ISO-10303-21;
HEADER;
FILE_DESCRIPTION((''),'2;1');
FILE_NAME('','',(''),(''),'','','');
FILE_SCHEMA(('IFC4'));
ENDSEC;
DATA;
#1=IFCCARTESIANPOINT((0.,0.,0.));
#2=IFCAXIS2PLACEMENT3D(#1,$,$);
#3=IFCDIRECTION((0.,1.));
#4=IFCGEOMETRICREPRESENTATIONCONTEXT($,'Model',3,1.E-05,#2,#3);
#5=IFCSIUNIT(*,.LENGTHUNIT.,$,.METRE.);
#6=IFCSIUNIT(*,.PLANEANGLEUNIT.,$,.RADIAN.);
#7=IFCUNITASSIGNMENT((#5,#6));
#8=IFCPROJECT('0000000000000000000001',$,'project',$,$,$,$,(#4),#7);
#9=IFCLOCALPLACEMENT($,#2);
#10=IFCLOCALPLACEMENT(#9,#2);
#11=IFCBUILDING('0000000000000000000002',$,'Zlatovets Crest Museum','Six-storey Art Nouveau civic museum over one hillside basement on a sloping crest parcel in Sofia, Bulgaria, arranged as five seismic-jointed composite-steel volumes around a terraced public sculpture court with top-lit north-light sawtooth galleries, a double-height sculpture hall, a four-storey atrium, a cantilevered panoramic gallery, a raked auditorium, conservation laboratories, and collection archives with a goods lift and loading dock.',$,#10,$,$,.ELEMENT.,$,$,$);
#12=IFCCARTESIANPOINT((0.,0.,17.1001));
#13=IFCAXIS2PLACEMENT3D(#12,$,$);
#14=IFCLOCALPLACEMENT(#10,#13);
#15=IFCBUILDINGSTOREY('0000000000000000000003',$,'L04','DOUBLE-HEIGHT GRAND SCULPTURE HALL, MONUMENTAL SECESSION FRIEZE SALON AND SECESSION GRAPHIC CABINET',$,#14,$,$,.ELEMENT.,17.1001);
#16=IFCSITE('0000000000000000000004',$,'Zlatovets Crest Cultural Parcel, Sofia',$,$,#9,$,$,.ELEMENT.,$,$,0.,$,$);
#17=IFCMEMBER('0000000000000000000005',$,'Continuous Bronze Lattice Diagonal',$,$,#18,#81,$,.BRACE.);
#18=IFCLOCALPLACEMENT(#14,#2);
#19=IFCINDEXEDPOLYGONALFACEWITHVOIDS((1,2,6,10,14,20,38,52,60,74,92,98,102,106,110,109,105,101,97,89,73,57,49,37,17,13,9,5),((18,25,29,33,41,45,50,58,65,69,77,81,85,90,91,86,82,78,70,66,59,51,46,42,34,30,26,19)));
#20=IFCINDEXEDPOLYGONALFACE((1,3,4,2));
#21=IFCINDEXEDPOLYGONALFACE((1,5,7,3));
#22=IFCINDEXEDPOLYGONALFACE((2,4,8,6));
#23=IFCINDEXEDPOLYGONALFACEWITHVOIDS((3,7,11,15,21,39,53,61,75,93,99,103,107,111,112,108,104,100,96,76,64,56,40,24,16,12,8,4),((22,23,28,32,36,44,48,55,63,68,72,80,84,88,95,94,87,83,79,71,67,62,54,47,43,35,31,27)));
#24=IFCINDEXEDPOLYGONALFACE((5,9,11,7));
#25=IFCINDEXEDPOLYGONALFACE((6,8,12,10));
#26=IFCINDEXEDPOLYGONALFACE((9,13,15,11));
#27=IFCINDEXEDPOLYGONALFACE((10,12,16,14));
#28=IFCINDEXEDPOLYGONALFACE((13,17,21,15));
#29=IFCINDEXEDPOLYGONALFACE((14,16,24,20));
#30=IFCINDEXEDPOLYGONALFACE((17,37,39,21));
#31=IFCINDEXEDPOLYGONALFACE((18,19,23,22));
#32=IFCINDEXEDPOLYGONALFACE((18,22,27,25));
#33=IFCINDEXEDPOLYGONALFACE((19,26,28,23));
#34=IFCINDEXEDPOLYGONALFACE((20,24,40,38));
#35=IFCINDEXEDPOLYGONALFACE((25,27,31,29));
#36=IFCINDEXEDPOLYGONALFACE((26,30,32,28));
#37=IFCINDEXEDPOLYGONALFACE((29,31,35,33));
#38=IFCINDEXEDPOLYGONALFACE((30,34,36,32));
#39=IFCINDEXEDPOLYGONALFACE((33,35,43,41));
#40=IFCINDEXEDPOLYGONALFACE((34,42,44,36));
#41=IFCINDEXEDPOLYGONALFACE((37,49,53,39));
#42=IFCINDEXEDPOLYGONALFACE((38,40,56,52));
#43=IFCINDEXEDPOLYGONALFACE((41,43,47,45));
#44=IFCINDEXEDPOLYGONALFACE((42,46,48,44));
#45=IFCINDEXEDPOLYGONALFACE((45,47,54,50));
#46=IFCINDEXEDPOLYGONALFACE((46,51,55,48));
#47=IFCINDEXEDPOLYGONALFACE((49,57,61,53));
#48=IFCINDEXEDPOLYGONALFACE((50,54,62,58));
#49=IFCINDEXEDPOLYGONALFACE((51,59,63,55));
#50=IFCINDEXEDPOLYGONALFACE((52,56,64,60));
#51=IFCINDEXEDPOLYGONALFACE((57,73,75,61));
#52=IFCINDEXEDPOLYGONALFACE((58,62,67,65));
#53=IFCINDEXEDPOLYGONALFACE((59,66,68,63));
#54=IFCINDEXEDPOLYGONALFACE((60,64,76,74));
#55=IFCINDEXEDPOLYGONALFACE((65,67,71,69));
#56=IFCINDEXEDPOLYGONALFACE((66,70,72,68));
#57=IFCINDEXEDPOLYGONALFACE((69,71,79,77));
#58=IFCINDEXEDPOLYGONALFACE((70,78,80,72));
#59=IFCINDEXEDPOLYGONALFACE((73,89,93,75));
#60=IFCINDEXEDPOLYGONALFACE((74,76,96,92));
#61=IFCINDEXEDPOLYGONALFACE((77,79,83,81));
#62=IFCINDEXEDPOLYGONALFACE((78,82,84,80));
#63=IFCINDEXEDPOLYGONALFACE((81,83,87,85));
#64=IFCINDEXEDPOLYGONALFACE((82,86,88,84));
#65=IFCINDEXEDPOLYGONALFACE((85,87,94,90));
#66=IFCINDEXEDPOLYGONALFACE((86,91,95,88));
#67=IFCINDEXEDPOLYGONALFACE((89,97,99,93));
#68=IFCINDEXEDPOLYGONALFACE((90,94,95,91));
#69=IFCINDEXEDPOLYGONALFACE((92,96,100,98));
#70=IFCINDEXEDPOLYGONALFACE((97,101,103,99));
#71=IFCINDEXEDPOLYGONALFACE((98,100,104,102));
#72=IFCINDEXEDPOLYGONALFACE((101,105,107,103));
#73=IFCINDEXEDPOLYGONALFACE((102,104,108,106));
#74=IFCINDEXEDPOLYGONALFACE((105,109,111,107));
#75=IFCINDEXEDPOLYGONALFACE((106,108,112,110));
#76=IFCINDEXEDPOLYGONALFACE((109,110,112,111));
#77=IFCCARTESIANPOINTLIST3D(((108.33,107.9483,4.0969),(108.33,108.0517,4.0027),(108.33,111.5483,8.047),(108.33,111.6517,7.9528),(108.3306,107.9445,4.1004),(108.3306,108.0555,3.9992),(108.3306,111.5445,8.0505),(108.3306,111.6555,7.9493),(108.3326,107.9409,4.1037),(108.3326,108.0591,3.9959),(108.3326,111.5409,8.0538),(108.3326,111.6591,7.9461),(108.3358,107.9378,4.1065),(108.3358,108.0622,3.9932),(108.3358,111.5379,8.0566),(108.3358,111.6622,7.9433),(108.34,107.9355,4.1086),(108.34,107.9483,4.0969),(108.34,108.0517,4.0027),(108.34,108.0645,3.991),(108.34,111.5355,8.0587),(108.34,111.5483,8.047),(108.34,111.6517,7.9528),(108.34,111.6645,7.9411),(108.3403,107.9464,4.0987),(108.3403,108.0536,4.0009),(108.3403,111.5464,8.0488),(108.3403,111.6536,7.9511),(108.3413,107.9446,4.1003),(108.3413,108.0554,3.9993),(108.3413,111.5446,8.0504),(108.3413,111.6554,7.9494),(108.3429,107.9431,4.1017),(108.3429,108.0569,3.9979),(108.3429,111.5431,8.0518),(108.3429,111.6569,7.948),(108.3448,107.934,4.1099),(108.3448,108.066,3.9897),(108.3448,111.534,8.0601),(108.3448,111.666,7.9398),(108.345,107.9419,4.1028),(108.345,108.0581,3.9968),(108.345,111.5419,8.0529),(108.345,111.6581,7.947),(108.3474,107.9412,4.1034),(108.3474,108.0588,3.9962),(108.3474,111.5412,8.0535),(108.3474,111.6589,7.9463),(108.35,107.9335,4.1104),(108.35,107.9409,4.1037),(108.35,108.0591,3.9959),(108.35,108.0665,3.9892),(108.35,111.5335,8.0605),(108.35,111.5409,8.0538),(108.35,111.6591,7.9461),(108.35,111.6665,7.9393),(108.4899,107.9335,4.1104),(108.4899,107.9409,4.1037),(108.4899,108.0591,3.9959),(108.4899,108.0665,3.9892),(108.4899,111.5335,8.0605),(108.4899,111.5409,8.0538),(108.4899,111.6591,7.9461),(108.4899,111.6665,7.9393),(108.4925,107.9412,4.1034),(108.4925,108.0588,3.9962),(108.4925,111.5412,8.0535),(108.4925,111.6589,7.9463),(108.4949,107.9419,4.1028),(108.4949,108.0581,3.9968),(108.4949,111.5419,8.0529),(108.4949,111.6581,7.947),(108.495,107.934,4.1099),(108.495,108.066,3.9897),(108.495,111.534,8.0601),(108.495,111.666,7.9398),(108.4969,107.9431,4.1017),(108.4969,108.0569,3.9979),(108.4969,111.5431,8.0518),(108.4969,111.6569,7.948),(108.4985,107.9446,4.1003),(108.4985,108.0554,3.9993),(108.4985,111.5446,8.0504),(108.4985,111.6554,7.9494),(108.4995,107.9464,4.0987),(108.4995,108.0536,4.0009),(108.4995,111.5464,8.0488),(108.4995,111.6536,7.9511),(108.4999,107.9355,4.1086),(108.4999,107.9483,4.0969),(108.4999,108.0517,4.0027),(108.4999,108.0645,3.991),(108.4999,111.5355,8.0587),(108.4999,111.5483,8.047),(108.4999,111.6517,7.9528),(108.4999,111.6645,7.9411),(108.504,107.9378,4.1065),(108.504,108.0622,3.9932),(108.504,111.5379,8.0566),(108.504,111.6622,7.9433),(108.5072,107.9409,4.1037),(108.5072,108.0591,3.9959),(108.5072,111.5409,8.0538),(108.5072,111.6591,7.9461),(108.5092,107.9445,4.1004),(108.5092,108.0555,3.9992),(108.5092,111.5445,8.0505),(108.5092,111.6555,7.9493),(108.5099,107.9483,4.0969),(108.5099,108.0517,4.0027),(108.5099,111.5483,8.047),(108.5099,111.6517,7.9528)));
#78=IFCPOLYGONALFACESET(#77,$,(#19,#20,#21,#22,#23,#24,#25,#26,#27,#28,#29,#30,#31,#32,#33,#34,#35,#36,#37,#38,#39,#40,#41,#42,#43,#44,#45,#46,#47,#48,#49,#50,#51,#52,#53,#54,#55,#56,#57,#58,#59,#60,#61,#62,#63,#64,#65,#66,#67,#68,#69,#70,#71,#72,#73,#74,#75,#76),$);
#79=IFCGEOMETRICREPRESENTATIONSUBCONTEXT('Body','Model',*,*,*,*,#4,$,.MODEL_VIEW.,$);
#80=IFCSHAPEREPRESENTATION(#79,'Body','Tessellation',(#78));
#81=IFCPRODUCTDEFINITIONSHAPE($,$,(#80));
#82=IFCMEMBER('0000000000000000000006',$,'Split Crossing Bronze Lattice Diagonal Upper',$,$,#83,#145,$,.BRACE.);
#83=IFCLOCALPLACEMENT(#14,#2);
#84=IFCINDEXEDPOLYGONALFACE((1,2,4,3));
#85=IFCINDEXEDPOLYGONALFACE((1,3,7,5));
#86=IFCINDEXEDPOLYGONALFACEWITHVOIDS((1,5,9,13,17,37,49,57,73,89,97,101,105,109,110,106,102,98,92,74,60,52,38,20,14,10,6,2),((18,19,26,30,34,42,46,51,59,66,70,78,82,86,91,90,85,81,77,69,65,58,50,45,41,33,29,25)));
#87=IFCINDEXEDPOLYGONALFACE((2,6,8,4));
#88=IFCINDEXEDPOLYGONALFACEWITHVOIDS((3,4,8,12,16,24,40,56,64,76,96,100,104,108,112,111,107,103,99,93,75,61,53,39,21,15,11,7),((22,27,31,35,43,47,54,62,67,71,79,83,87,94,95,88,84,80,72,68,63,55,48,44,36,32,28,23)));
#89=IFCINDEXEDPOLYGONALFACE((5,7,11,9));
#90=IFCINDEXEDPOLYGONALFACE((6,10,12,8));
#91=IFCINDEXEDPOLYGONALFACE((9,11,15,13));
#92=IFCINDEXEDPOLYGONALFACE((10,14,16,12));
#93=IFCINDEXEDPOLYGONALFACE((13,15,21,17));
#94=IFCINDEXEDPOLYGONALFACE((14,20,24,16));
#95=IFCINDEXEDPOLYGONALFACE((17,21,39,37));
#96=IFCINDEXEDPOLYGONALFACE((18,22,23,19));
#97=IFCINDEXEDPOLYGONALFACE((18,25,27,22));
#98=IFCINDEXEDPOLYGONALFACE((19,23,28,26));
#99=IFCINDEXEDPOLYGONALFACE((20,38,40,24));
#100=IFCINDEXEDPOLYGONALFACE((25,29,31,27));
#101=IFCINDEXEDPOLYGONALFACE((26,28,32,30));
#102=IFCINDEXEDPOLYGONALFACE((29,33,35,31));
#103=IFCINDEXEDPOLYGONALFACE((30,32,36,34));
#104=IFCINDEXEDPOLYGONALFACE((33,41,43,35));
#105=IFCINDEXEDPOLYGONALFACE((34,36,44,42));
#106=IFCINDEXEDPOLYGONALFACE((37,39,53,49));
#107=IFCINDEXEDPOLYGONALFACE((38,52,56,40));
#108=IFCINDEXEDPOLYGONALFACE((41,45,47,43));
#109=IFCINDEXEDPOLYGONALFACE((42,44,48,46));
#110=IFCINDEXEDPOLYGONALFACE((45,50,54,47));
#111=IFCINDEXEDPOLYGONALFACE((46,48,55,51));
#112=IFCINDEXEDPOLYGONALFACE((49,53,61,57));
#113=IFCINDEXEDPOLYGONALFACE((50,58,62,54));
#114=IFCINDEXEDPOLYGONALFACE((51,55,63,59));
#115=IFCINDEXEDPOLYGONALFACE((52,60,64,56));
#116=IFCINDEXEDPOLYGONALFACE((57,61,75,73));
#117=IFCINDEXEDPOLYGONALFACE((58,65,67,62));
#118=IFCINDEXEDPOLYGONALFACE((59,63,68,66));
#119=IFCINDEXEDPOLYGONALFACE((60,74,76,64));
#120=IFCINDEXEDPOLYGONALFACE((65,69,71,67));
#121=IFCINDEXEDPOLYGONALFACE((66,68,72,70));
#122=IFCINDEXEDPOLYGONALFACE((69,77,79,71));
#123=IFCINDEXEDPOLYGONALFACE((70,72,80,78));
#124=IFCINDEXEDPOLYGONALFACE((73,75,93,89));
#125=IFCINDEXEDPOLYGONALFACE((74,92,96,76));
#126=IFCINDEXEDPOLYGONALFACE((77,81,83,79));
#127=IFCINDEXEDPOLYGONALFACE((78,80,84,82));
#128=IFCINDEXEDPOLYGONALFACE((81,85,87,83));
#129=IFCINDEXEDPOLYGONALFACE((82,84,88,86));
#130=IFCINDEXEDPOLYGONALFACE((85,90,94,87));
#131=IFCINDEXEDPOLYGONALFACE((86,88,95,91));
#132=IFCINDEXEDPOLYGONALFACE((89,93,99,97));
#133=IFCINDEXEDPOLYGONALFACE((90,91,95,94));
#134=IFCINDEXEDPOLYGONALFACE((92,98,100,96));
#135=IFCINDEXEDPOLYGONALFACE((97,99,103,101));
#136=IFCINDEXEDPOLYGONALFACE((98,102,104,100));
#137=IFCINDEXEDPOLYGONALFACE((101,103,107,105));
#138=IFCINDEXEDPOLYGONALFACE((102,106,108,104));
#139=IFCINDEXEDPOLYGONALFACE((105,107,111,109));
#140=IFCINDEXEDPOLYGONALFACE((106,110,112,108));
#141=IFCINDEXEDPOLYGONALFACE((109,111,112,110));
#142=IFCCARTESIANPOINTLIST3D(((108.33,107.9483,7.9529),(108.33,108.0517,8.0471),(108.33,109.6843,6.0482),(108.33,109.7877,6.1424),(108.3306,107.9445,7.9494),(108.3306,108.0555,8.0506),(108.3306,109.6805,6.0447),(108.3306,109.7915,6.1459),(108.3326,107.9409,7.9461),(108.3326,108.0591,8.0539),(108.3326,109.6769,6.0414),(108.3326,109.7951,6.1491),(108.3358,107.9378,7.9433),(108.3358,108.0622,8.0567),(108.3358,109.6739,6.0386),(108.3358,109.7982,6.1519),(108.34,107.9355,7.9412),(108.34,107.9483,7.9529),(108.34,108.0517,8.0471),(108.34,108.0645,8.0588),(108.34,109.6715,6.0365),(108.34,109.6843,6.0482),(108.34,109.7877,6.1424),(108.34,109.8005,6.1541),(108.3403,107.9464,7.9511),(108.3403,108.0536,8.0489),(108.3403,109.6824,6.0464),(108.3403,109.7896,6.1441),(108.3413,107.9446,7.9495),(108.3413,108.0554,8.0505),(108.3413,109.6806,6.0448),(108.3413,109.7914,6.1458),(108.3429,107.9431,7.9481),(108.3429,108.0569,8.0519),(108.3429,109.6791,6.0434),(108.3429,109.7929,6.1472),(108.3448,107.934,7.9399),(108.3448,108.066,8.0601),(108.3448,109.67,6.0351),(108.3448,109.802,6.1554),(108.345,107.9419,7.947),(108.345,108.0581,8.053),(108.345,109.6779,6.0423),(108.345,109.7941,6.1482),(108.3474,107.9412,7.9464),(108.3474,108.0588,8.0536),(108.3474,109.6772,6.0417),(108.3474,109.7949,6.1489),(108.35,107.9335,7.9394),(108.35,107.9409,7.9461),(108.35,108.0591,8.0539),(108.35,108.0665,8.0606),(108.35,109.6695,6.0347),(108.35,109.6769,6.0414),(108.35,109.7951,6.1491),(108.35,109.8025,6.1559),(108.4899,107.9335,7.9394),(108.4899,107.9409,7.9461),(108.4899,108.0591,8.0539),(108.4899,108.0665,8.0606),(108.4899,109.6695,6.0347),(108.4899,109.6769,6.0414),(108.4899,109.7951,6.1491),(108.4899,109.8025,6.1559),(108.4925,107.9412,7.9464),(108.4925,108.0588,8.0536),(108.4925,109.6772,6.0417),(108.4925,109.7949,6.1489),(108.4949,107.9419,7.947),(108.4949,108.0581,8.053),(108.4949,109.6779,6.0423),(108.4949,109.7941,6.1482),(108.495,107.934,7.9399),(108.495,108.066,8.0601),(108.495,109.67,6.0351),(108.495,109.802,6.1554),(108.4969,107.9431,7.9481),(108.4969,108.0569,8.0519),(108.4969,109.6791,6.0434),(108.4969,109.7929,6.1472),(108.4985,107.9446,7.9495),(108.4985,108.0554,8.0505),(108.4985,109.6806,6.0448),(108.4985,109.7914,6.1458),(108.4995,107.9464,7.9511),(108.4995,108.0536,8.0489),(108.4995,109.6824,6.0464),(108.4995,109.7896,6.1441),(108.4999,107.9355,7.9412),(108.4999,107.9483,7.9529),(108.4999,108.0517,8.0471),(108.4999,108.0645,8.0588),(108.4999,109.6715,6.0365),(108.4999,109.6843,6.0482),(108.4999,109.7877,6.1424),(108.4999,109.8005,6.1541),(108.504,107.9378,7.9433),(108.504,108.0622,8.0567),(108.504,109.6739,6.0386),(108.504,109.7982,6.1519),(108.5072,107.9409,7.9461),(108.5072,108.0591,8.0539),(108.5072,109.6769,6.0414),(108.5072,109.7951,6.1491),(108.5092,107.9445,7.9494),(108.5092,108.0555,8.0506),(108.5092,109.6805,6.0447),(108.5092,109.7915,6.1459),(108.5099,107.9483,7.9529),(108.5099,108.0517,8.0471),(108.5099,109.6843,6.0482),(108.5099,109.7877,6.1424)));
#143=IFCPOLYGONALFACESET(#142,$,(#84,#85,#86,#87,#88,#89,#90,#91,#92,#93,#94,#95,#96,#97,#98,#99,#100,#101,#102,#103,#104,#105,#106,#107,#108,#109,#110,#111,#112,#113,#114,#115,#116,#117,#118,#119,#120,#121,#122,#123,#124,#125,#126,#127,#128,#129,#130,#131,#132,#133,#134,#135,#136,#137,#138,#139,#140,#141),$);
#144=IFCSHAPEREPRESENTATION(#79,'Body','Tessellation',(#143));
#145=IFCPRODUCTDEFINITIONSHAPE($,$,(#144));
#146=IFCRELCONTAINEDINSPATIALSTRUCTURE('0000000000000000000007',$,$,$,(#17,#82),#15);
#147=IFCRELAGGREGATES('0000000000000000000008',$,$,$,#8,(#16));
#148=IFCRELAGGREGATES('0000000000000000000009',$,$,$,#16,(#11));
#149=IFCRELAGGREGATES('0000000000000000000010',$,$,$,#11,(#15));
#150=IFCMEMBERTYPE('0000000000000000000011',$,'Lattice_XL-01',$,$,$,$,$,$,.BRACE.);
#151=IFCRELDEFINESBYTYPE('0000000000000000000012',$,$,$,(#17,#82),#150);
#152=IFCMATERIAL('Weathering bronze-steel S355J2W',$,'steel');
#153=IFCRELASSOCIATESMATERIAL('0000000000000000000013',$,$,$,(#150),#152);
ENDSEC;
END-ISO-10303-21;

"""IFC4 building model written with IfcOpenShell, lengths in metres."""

from ifc_helpers import new_model, si_unit, direction, frame, origin, origin_2d, place, context, subcontext, project, spatial, hollow_rectangle, extrude, material, material_profile, profile_set, type_object, element, save


model = new_model("IFC4")

# Units and contexts
model_context = context("Model", 3, precision=1e-05, world=origin(), true_north=direction((0.0, 1.0)))
body_context = subcontext(model_context, "Body", "Model", "MODEL_VIEW")
ifc_project = project(units=[si_unit("LENGTHUNIT", "METRE"), si_unit("PLANEANGLEUNIT", "RADIAN")], contexts=[model_context])

# Site, building, storey
site_placement = place(None, origin())
site = spatial("IfcSite", under=ifc_project, at=site_placement, Name="Zlatovets Crest Cultural Parcel, Sofia", CompositionType="ELEMENT", RefElevation=0.0)
building_placement = place(site_placement, origin())
building = spatial("IfcBuilding", under=site, at=building_placement, Name="Zlatovets Crest Museum", Description="Six-storey Art Nouveau civic museum over one hillside basement on a sloping crest parcel in Sofia, Bulgaria, arranged as five seismic-jointed composite-steel volumes around a terraced public sculpture court with top-lit north-light sawtooth galleries, a double-height sculpture hall, a four-storey atrium, a cantilevered panoramic gallery, a raked auditorium, conservation laboratories, and collection archives with a goods lift and loading dock.", CompositionType="ELEMENT")
storey_placement = place(building_placement, frame((0.0, 0.0, 17.1001)))
storey = spatial("IfcBuildingStorey", under=building, at=storey_placement, Name="L04", Description="DOUBLE-HEIGHT GRAND SCULPTURE HALL, MONUMENTAL SECESSION FRIEZE SALON AND SECESSION GRAPHIC CABINET", CompositionType="ELEMENT", Elevation=17.1001)

# Members
ifc_material_1 = material(Name="Weathering bronze-steel S355J2W", Category="steel")
ifc_material_profile_1 = material_profile(ifc_material_1, hollow_rectangle(XDim=0.1799, YDim=0.1799, WallThickness=0.01, InnerFilletRadius=0.01, OuterFilletRadius=0.02, at=origin_2d()), Name="SHS 180x180x10.0")
ifc_profile_set_1 = profile_set([ifc_material_profile_1], Name="Weathering bronze-steel S355J2W")
member_type_1 = type_object("IfcMemberType", Name="Lattice_XL-01", PredefinedType="BRACE", material=ifc_profile_set_1)
member_1_placement = place(storey_placement, frame((108.4199, 108.0, 4.0498), z_axis=(0.0, 0.673595, 0.7391), x_axis=(-1.0, 0.0, 0.0)))
element("IfcMember", 1, at=member_1_placement, inside=storey, type_object=member_type_1, Name="Continuous Bronze Lattice Diagonal", PredefinedType="BRACE", context=body_context, shape_type="SweptSolid", body=[
    extrude(hollow_rectangle(XDim=0.1799, YDim=0.1799, WallThickness=0.01, InnerFilletRadius=0.01, OuterFilletRadius=0.02, at=origin_2d()), origin(), (0.0, 0.0, 1.0), 5.3445),
])
for number, where, z_axis, x_axis, name in (
    (2, (108.4199, 108.0, 8.0), (0.0, 0.67362, -0.739078), (-1.0, 0.0, 0.0), "Split Crossing Bronze Lattice Diagonal Upper"),
):
    element("IfcMember", number, at=place(storey_placement, frame(where, z_axis=z_axis, x_axis=x_axis)), inside=storey, type_object=member_type_1, Name=name, PredefinedType="BRACE", context=body_context, shape_type="SweptSolid", body=[
        extrude(hollow_rectangle(XDim=0.1799, YDim=0.1799, WallThickness=0.01, InnerFilletRadius=0.01, OuterFilletRadius=0.02, at=origin_2d()), origin(), (0.0, 0.0, 1.0), 2.5771),
    ])

save(model, "model.ifc")
